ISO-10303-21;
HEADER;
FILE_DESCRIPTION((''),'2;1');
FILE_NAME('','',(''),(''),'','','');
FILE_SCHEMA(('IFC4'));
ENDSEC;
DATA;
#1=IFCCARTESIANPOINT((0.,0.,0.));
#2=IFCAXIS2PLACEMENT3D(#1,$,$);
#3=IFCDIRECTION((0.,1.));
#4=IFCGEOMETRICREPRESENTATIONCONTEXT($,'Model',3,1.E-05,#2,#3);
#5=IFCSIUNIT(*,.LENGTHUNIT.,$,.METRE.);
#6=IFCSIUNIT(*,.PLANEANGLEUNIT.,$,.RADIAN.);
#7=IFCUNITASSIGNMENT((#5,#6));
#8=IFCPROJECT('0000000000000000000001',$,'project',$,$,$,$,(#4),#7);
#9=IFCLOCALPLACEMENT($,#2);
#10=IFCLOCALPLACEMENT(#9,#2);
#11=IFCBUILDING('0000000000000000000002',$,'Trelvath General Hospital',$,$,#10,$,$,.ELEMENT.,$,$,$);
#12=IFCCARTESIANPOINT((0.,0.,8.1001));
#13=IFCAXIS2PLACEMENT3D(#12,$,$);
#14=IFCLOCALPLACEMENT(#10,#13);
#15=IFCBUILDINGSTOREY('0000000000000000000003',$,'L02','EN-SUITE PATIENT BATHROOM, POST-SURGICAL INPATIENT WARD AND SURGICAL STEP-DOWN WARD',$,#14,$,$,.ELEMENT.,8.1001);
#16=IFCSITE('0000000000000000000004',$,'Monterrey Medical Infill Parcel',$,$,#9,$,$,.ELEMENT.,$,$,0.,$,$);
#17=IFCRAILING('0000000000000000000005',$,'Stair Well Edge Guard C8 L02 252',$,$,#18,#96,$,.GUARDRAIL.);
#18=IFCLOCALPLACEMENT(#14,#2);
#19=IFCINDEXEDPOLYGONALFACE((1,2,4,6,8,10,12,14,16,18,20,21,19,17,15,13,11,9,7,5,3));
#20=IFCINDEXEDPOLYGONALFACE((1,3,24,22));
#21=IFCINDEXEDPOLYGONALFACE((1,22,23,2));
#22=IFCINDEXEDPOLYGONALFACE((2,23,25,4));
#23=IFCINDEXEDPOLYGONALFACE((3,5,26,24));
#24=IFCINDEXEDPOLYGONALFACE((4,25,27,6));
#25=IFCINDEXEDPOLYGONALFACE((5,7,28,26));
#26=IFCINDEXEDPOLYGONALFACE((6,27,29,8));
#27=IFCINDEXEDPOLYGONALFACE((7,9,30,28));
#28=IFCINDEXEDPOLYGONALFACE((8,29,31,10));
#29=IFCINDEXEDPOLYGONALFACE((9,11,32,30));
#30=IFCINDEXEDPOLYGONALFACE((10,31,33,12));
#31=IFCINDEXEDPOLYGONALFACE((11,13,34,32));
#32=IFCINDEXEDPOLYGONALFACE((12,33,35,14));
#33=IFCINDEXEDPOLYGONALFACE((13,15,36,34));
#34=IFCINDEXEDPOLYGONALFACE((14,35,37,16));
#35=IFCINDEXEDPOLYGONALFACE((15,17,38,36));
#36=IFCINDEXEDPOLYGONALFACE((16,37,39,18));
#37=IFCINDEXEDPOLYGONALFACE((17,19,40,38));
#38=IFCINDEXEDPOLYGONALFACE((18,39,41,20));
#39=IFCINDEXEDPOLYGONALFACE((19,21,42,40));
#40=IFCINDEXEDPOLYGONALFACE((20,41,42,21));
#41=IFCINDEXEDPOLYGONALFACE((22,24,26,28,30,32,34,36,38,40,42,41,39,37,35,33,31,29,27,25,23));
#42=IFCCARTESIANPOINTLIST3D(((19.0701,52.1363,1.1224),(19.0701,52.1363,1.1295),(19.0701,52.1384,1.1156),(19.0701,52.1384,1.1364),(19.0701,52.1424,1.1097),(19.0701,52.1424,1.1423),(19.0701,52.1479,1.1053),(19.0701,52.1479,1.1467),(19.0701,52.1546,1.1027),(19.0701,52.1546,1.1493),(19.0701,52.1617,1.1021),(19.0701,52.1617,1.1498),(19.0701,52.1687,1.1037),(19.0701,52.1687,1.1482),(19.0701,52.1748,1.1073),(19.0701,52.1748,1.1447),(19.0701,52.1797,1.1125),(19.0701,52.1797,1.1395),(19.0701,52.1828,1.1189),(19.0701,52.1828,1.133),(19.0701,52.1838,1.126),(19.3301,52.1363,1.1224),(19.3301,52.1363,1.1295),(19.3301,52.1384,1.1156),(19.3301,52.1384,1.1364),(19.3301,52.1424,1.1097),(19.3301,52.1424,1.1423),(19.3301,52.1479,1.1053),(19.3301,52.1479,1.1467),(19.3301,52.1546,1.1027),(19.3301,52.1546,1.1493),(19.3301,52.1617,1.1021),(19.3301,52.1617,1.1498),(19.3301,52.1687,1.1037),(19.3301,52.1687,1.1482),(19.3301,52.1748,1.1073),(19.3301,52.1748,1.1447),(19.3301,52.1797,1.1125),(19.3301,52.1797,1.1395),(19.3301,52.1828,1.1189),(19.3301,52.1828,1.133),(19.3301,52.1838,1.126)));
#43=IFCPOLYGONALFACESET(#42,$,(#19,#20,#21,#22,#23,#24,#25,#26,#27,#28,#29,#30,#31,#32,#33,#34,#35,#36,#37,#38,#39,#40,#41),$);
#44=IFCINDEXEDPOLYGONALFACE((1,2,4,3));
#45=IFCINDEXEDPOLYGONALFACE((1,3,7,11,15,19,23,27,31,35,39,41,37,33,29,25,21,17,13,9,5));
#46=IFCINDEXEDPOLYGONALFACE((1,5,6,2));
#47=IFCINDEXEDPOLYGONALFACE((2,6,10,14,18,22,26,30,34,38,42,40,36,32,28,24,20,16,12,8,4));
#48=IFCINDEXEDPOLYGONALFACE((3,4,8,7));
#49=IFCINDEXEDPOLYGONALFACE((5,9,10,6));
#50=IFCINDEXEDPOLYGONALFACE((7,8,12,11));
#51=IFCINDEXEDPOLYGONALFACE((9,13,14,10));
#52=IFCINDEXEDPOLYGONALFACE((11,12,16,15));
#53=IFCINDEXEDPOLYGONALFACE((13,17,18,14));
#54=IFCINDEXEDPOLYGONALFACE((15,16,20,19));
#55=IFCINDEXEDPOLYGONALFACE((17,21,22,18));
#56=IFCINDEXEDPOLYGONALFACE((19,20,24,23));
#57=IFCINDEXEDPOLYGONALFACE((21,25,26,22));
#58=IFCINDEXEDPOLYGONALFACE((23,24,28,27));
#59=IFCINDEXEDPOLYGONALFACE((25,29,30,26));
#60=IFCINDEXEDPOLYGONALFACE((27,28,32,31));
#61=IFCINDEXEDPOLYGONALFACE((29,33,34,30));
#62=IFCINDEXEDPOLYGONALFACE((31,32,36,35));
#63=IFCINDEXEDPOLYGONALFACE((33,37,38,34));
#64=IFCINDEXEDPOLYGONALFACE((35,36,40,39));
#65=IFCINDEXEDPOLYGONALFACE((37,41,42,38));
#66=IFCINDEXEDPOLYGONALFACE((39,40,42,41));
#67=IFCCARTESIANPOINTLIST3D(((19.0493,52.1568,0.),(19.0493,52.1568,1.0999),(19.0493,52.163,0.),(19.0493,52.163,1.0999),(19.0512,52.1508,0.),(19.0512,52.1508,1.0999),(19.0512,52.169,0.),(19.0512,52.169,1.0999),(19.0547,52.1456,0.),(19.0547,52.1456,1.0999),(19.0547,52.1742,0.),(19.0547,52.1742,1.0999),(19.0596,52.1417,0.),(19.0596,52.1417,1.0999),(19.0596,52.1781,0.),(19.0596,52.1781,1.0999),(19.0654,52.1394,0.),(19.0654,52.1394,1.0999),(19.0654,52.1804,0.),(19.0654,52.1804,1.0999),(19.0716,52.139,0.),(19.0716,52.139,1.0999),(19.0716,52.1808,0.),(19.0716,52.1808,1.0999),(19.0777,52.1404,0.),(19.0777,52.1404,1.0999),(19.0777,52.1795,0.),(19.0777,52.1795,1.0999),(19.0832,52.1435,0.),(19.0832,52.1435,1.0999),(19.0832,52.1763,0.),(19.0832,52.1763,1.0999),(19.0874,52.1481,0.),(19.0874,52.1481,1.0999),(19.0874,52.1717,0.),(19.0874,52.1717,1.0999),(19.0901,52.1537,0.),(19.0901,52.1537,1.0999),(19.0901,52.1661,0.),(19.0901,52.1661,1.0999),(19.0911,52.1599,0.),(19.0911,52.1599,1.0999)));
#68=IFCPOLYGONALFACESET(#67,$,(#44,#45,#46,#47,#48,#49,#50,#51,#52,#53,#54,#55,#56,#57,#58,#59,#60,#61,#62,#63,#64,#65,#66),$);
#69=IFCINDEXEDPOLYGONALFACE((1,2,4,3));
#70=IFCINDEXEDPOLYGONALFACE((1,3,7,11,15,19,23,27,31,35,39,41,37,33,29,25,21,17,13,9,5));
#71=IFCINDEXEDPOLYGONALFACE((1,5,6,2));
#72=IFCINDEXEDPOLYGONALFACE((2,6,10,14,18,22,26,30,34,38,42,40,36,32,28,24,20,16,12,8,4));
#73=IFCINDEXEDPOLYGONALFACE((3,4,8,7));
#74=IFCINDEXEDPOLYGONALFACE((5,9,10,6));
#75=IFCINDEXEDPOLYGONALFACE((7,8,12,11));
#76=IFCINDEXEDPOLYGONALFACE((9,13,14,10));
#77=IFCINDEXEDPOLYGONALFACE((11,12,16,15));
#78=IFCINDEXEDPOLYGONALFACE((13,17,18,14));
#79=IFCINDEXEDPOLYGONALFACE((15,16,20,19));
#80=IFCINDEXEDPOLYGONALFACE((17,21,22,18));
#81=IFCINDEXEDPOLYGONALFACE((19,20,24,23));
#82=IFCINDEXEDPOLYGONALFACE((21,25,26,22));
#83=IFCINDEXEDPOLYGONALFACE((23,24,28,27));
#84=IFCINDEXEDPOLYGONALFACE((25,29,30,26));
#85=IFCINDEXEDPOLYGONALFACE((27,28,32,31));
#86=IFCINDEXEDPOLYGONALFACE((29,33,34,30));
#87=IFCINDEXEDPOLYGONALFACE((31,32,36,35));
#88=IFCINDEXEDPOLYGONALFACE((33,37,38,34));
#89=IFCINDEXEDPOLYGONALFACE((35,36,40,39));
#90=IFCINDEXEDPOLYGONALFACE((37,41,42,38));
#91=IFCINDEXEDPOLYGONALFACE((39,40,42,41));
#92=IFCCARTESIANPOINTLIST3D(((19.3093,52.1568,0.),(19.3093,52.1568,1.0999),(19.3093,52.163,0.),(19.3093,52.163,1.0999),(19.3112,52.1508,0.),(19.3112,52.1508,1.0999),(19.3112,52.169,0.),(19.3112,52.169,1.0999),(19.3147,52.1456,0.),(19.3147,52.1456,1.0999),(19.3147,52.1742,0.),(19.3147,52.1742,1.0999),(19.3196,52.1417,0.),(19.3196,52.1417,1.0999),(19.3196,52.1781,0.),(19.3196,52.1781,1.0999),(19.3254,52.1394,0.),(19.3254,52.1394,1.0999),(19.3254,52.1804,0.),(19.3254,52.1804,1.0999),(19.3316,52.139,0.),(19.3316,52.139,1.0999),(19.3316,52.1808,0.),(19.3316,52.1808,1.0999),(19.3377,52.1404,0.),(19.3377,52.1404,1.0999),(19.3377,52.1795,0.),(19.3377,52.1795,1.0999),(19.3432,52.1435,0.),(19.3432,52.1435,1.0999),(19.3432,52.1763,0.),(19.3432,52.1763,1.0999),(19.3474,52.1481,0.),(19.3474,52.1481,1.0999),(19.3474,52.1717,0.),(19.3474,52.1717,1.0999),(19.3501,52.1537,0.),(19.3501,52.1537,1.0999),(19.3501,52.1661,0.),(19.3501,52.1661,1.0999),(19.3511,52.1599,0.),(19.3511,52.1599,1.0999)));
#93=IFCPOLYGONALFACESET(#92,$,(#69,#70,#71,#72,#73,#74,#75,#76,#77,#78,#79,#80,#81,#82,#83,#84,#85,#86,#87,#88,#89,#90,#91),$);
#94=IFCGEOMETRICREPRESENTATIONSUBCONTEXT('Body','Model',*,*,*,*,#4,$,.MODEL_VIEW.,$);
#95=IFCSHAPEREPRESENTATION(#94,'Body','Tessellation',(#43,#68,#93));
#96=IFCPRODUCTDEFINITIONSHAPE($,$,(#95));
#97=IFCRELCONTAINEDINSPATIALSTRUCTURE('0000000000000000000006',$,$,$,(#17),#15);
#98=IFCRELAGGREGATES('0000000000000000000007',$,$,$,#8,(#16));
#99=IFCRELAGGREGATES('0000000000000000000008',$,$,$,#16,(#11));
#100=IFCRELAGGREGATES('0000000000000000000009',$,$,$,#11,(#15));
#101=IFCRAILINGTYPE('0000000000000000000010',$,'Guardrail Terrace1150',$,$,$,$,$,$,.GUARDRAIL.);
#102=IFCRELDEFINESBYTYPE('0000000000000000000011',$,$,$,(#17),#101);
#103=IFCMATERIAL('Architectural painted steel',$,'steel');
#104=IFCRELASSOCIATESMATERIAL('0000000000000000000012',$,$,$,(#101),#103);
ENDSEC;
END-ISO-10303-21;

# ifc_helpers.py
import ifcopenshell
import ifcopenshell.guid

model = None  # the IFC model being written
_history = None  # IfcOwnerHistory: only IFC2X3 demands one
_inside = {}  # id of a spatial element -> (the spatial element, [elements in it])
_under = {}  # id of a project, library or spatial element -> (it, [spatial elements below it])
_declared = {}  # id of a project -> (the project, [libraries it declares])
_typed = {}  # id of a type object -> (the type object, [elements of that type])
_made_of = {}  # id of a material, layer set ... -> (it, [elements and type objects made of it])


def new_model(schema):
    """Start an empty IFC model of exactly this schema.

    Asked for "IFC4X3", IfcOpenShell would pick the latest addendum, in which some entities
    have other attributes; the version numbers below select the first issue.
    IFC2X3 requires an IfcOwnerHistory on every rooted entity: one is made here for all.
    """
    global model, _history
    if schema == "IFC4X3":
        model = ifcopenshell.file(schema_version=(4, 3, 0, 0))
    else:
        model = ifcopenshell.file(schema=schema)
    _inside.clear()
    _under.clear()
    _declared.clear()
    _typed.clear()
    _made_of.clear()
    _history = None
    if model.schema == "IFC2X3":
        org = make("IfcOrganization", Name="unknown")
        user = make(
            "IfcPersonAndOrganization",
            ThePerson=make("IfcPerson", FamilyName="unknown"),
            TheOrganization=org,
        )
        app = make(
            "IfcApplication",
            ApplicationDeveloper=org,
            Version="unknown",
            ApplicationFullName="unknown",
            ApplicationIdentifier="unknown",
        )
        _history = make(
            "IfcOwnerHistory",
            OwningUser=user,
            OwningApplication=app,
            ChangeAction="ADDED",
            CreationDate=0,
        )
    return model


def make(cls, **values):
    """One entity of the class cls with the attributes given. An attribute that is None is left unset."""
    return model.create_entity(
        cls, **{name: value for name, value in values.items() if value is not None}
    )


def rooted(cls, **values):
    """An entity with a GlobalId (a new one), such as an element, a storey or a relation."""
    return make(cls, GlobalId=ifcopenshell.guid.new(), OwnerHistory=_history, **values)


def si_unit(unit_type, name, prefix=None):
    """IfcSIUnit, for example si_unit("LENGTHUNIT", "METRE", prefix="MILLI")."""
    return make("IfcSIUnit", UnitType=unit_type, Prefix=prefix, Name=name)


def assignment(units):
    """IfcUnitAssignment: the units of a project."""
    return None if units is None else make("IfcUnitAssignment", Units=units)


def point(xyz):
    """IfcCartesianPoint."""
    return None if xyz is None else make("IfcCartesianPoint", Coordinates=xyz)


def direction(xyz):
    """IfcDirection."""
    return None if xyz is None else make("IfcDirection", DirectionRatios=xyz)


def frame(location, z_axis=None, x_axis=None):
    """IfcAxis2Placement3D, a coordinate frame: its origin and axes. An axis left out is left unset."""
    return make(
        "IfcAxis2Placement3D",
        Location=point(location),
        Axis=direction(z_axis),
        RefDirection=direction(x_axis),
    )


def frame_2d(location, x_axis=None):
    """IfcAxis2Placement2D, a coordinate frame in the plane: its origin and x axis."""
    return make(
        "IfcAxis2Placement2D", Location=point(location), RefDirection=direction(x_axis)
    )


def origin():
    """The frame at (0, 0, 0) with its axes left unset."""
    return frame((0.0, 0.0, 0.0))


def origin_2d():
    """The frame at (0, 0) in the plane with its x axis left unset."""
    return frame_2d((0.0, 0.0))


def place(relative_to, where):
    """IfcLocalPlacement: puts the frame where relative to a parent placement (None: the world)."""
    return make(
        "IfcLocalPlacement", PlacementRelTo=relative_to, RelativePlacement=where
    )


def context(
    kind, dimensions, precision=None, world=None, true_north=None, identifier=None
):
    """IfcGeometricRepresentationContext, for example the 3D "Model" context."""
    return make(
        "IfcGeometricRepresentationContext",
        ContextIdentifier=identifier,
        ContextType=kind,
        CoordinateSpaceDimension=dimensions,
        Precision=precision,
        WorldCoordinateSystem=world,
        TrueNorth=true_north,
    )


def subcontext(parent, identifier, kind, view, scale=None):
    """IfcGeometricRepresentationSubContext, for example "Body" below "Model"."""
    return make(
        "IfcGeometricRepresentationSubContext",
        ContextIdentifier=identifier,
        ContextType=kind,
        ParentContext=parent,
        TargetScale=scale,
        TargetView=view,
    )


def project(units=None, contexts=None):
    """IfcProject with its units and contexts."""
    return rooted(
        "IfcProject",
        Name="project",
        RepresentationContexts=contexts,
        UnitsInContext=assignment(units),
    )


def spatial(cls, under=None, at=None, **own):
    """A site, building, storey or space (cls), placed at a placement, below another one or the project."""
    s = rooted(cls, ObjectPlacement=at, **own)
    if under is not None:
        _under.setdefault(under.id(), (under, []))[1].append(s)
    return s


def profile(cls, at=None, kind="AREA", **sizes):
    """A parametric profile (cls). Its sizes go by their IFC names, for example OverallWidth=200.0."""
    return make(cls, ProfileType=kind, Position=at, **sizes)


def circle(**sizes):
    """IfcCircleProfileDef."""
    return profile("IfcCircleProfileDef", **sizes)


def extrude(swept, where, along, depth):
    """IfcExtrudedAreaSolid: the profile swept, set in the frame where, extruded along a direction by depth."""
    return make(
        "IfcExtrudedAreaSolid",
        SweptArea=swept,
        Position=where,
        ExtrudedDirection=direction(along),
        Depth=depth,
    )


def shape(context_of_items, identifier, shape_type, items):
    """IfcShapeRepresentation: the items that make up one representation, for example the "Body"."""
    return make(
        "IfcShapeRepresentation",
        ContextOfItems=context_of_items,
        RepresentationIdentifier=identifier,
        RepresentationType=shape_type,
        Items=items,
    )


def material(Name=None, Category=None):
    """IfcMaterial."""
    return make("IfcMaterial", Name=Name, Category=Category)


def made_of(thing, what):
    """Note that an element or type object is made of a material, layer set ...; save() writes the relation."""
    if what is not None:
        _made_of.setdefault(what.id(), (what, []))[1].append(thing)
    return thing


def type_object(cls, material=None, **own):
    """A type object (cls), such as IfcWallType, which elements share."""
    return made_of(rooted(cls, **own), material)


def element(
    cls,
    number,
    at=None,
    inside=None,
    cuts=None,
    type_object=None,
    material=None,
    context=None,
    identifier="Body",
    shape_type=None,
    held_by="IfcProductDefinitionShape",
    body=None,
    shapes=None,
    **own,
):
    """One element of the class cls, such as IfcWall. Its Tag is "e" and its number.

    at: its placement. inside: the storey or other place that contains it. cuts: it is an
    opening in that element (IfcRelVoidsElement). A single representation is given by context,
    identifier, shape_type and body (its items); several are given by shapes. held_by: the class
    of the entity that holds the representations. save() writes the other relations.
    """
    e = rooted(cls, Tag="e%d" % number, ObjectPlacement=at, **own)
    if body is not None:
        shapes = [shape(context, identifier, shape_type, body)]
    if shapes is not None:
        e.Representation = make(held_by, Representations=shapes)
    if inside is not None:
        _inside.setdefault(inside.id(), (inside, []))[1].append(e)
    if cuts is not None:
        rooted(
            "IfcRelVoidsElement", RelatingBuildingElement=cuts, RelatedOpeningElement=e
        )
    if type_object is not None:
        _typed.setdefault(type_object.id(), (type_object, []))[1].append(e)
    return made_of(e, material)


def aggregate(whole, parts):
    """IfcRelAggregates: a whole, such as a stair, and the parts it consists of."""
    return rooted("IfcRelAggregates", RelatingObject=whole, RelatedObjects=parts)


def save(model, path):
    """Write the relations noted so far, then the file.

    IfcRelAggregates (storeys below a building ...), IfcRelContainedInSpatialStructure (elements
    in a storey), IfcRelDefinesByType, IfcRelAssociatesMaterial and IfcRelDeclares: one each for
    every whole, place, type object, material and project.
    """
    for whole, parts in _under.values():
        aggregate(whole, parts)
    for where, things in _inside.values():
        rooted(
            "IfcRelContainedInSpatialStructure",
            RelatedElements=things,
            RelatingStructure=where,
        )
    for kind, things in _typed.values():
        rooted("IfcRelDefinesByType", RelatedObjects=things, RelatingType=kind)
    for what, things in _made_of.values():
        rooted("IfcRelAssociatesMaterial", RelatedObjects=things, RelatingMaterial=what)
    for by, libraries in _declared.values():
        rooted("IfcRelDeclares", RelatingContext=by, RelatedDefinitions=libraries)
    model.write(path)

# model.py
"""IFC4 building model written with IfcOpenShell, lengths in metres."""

from ifc_helpers import new_model, si_unit, direction, frame, origin, origin_2d, place, context, subcontext, project, spatial, circle, extrude, material, type_object, element, save


model = new_model("IFC4")

# Units and contexts
model_context = context("Model", 3, precision=1e-05, world=origin(), true_north=direction((0.0, 1.0)))
body_context = subcontext(model_context, "Body", "Model", "MODEL_VIEW")
ifc_project = project(units=[si_unit("LENGTHUNIT", "METRE"), si_unit("PLANEANGLEUNIT", "RADIAN")], contexts=[model_context])

# Site, building, storey
site_placement = place(None, origin())
site = spatial("IfcSite", under=ifc_project, at=site_placement, Name="Monterrey Medical Infill Parcel", CompositionType="ELEMENT", RefElevation=0.0)
building_placement = place(site_placement, origin())
building = spatial("IfcBuilding", under=site, at=building_placement, Name="Trelvath General Hospital", CompositionType="ELEMENT")
storey_placement = place(building_placement, frame((0.0, 0.0, 8.1001)))
storey = spatial("IfcBuildingStorey", under=building, at=storey_placement, Name="L02", Description="EN-SUITE PATIENT BATHROOM, POST-SURGICAL INPATIENT WARD AND SURGICAL STEP-DOWN WARD", CompositionType="ELEMENT", Elevation=8.1001)

# Railing
ifc_material_1 = material(Name="Architectural painted steel", Category="steel")
railing_type_1 = type_object("IfcRailingType", Name="Guardrail Terrace1150", PredefinedType="GUARDRAIL", material=ifc_material_1)
railing_1_placement = place(storey_placement, frame((19.0701, 52.1599, 0.0)))
element("IfcRailing", 1, at=railing_1_placement, inside=storey, type_object=railing_type_1, Name="Stair Well Edge Guard C8 L02 252", PredefinedType="GUARDRAIL", context=body_context, shape_type="SweptSolid", body=[
    extrude(circle(Radius=0.0239, at=origin_2d()), frame((0.0, 0.0, 1.126), z_axis=(1.0, 0.0, 0.0), x_axis=(0.0, 1.0, 0.0)), (0.0, 0.0, 1.0), 0.26),
    extrude(circle(Radius=0.021, at=origin_2d()), origin(), (0.0, 0.0, 1.0), 1.0999),
    extrude(circle(Radius=0.021, at=origin_2d()), frame((0.26, 0.0, 0.0)), (0.0, 0.0, 1.0), 1.0999),
])

save(model, "model.ifc")
